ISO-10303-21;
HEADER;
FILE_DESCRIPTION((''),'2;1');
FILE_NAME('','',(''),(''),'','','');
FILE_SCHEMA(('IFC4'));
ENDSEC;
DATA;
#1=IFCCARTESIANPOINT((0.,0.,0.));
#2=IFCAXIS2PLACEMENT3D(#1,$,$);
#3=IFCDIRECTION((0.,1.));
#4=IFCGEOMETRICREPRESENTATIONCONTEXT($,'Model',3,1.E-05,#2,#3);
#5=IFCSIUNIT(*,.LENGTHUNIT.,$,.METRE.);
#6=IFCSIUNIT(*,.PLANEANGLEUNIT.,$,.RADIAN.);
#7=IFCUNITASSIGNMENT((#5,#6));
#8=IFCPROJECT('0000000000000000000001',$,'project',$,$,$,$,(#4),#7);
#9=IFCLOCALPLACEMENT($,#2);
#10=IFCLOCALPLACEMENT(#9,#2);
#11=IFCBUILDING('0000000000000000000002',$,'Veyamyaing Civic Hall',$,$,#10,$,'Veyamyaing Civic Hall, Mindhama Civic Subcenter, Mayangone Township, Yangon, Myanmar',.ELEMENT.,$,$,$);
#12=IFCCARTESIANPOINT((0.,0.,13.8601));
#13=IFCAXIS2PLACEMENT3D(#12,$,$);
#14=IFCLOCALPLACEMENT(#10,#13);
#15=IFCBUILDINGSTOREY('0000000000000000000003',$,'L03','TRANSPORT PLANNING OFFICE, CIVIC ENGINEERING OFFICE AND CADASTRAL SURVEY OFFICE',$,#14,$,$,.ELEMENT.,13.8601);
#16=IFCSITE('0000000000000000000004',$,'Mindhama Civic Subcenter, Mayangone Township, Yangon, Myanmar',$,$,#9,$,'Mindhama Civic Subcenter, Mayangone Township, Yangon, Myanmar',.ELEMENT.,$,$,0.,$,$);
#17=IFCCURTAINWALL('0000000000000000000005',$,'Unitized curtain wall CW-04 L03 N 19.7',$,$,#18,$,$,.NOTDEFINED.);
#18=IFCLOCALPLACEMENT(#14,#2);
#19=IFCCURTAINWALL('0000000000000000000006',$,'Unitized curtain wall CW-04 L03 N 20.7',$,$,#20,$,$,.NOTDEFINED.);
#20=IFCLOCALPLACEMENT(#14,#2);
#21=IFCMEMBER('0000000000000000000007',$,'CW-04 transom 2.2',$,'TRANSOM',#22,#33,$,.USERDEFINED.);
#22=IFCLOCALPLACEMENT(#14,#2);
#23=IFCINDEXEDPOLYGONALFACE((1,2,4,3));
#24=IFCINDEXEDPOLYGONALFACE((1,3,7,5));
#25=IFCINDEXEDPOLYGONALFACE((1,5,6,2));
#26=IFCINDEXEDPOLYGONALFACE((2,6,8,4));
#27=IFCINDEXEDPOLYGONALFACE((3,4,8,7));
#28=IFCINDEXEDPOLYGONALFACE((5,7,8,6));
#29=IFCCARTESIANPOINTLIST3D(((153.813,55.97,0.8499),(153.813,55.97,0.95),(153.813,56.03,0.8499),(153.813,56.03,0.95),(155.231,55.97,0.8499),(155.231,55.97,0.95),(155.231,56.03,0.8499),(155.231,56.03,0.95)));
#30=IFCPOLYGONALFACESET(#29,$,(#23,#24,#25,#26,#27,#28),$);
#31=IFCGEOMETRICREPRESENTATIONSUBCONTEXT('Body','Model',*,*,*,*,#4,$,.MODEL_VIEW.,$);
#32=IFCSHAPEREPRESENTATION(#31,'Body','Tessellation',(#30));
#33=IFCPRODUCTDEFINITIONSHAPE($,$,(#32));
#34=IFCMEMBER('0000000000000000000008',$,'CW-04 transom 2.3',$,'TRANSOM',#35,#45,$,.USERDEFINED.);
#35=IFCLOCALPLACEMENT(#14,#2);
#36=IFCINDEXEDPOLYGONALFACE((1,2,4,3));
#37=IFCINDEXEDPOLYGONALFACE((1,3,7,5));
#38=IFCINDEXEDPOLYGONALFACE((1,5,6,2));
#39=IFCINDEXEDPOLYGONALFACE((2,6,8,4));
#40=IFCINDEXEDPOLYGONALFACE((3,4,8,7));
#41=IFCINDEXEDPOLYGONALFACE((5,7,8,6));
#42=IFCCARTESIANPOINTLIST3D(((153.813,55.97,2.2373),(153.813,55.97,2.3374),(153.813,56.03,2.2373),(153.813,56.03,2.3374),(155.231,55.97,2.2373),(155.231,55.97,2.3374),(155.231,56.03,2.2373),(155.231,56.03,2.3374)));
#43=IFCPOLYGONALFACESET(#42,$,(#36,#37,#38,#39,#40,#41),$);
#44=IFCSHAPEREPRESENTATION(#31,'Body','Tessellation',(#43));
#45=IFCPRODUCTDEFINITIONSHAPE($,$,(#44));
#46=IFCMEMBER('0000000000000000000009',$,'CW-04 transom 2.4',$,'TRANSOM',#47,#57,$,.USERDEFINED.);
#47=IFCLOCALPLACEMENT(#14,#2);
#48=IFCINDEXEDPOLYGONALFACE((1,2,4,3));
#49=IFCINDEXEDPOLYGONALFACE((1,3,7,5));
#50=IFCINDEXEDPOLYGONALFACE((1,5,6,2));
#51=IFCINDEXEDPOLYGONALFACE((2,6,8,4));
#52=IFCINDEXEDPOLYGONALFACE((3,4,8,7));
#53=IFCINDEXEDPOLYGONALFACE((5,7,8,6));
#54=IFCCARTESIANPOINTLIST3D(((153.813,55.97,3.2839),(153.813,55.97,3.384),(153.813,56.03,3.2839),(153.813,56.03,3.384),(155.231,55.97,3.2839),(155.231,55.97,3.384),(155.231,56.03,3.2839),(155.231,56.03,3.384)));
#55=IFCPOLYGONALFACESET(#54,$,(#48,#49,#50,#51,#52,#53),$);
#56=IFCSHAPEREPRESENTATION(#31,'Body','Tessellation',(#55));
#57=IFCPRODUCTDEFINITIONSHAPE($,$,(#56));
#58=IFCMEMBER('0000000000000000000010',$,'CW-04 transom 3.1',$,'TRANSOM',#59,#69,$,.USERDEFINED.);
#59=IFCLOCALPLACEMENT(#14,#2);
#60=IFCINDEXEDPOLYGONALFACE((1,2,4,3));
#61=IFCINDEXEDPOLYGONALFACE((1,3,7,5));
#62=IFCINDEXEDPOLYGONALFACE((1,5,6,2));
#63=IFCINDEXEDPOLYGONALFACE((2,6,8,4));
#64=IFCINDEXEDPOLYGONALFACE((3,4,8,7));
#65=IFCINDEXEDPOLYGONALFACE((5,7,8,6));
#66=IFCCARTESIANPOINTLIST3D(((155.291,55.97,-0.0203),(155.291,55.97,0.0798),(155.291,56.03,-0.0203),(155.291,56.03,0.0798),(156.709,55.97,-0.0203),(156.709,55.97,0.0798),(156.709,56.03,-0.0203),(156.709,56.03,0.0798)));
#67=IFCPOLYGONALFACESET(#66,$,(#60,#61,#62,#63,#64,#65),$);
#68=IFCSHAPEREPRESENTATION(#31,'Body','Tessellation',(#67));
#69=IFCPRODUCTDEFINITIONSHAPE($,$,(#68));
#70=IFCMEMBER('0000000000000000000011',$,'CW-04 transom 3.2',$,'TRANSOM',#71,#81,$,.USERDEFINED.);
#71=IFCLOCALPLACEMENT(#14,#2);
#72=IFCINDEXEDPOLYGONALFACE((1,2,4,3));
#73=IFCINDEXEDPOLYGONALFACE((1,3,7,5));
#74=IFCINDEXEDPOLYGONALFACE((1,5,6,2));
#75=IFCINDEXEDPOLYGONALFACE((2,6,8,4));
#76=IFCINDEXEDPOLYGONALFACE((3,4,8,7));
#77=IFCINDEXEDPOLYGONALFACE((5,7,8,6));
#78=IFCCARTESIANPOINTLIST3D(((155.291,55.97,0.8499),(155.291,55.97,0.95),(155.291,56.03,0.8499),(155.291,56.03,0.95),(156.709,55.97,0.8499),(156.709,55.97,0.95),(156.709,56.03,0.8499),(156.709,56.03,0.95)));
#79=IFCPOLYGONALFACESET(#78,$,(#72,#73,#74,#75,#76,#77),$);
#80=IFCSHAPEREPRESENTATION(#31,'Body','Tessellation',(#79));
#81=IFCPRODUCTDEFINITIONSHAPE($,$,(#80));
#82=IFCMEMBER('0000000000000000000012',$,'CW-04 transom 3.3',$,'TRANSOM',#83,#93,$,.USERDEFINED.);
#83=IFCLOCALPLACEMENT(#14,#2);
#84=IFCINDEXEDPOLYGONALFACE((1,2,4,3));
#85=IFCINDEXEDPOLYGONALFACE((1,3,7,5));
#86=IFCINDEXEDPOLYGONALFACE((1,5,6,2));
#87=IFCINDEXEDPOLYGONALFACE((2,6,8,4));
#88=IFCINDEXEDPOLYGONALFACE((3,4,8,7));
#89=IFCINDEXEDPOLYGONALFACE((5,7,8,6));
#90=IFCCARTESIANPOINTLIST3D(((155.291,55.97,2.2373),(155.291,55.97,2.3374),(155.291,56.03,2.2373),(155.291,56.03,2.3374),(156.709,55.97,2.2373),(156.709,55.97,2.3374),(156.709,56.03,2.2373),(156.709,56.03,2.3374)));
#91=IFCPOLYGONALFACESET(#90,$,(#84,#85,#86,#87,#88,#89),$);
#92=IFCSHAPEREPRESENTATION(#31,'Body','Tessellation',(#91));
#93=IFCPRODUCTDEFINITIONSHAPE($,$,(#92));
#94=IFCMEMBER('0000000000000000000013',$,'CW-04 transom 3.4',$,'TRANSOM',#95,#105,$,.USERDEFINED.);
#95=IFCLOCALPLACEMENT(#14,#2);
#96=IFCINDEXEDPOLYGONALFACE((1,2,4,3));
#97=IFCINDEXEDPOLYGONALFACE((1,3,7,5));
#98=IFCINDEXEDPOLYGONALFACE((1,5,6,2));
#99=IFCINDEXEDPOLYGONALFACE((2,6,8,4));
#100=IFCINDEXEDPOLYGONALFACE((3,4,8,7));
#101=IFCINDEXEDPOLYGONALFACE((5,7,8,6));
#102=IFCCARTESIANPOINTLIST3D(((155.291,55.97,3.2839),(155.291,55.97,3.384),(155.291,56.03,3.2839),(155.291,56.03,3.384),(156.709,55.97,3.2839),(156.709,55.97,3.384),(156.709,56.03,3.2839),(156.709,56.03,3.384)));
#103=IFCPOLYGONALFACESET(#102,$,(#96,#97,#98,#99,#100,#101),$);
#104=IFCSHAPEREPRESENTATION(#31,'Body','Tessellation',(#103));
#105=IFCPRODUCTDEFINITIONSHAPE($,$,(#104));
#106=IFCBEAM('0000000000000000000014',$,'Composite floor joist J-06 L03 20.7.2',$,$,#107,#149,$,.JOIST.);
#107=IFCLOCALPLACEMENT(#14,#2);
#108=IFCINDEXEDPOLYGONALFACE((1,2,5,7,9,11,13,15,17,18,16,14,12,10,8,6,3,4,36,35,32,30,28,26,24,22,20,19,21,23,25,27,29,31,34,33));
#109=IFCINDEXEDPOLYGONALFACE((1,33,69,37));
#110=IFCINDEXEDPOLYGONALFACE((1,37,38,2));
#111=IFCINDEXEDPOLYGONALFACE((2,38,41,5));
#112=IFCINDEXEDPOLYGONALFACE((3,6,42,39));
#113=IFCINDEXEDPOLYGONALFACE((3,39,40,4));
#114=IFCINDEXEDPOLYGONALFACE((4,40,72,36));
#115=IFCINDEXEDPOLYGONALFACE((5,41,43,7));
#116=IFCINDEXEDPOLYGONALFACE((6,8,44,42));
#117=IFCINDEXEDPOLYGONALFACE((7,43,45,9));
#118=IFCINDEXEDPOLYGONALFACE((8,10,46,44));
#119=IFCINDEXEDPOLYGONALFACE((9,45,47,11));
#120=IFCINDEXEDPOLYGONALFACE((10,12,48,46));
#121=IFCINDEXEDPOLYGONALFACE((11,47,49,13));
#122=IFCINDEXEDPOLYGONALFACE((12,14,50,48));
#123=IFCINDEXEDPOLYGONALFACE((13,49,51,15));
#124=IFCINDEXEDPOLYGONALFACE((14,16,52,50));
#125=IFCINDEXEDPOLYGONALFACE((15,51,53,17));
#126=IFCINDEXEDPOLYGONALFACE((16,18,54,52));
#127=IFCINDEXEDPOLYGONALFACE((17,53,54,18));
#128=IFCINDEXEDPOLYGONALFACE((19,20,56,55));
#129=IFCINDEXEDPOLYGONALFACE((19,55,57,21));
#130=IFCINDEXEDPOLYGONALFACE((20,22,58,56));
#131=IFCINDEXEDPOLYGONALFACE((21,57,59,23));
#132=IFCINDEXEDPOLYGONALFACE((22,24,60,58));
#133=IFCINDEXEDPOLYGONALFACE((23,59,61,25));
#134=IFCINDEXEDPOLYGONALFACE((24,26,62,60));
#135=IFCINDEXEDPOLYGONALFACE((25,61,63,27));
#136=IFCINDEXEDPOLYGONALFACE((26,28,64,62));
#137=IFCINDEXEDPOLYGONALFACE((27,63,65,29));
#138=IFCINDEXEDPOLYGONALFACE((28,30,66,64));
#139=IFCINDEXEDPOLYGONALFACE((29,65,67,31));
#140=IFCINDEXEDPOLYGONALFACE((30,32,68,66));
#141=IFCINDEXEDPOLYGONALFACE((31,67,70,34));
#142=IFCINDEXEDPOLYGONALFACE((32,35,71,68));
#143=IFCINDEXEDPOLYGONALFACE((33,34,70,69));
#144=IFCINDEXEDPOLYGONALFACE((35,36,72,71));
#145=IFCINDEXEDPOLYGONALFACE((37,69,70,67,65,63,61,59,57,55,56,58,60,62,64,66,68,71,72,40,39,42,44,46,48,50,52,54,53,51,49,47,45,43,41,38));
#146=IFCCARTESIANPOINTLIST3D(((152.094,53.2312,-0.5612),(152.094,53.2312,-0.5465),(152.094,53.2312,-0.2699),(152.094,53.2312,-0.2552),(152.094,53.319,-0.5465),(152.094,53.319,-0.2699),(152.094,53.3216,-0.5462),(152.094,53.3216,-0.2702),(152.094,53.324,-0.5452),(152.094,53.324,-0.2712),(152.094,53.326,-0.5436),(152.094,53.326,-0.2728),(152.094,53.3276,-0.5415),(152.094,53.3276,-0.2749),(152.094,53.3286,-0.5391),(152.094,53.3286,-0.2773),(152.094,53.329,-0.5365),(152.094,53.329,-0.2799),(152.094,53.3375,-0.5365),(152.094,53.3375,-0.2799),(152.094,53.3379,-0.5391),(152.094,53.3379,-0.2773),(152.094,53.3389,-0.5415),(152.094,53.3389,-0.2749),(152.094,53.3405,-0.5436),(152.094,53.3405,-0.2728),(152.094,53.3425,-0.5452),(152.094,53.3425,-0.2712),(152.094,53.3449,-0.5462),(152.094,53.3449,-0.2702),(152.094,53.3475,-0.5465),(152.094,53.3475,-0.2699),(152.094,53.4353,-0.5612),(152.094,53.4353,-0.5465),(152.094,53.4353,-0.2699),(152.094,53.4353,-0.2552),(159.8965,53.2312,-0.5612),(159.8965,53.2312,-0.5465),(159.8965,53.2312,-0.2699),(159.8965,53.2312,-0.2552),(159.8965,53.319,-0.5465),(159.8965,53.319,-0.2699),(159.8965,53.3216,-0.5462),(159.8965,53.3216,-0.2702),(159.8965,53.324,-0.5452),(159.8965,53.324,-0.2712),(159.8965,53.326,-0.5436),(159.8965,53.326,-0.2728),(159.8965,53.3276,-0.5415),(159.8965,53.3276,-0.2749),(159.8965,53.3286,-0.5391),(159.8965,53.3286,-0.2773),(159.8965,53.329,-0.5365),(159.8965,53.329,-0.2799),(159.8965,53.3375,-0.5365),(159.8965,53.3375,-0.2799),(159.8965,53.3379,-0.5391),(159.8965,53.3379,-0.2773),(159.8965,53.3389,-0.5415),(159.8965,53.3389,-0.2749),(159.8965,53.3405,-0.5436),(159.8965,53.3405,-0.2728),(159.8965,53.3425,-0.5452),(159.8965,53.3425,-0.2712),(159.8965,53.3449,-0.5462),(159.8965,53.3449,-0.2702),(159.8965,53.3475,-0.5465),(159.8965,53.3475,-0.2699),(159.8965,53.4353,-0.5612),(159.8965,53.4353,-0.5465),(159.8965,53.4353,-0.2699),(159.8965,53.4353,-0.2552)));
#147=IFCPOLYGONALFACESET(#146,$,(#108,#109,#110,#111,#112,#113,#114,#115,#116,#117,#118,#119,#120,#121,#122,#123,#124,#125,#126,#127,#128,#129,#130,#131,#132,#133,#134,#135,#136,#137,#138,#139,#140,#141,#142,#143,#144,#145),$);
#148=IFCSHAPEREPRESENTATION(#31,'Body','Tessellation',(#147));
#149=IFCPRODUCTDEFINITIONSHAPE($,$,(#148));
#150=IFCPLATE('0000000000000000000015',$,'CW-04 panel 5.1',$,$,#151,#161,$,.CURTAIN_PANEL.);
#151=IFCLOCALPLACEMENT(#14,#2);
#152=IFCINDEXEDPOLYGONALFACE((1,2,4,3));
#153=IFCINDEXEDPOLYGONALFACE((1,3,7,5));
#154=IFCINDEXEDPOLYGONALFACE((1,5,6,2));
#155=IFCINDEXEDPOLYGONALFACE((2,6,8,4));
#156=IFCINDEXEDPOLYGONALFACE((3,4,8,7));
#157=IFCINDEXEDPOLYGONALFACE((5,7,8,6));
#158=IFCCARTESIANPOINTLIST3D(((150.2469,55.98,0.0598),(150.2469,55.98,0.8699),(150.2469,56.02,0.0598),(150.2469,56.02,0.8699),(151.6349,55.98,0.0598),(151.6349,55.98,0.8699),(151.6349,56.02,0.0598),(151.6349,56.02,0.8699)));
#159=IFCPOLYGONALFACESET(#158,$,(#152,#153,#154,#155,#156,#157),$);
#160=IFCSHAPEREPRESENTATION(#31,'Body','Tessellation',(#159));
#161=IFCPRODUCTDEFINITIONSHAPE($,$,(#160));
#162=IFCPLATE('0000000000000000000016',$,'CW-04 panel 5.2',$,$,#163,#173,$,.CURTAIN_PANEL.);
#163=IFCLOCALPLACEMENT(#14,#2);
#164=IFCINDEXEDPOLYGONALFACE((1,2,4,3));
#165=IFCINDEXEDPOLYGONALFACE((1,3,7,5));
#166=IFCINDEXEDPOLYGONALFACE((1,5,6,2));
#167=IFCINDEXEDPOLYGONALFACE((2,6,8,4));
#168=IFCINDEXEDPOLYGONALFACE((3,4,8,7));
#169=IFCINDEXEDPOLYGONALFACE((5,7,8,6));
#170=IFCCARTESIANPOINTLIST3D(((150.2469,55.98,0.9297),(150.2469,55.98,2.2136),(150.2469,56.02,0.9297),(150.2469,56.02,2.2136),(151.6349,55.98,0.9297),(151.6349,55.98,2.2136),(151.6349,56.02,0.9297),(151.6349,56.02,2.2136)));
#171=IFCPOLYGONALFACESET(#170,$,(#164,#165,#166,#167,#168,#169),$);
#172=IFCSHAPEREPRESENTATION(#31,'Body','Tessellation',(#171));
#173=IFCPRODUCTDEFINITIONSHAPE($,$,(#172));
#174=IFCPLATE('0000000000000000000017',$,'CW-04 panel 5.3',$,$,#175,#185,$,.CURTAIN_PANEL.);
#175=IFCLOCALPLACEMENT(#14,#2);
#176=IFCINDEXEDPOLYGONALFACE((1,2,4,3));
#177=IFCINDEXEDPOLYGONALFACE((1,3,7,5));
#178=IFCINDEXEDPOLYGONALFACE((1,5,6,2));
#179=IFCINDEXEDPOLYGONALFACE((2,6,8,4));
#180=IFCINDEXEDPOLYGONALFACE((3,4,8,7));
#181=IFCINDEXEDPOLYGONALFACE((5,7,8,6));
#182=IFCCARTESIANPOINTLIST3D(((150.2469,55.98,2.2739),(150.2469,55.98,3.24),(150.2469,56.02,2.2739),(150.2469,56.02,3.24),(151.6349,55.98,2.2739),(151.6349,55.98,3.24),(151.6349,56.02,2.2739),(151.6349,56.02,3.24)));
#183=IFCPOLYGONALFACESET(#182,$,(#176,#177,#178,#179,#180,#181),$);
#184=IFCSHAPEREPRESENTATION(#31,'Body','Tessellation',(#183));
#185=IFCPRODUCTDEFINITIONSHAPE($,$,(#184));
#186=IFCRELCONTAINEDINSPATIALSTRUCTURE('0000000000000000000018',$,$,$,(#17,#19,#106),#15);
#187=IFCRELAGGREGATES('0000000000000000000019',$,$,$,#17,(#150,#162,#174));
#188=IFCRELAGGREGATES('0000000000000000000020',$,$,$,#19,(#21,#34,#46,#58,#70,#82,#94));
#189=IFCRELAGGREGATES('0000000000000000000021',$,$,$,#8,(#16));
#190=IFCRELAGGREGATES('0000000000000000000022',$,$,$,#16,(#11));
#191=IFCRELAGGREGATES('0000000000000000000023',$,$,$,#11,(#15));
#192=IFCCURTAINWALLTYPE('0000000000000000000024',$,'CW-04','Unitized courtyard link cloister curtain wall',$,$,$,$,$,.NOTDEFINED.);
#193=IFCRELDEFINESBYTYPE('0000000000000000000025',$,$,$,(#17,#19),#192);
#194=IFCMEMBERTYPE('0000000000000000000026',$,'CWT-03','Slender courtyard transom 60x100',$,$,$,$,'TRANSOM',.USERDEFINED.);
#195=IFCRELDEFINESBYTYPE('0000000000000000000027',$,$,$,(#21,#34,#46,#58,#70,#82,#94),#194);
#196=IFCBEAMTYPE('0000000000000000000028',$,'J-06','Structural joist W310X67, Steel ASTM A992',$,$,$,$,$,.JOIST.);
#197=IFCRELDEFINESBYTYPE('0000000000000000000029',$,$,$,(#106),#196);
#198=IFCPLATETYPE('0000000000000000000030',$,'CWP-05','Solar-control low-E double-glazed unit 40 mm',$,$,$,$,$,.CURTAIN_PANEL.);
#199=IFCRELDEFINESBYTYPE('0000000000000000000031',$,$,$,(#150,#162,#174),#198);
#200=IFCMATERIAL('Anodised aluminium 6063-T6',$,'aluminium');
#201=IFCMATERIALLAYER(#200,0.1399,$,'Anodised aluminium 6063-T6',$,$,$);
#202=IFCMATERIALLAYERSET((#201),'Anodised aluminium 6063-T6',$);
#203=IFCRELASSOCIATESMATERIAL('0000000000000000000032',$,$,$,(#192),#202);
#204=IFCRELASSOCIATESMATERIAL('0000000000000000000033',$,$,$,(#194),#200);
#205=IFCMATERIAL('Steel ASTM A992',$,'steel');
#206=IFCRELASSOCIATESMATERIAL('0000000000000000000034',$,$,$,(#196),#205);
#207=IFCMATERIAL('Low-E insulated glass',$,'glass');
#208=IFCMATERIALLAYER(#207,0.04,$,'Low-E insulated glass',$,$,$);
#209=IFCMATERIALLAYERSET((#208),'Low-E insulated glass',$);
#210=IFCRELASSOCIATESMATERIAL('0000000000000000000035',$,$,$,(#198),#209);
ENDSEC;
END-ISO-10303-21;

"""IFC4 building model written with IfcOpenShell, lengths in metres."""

from ifc_helpers import new_model, si_unit, direction, frame, origin, origin_2d, place, context, subcontext, project, spatial, rectangle, i_section, extrude, material, layer, layer_set, material_profile, profile_set, type_object, element, aggregate, save


model = new_model("IFC4")

# Units and contexts
model_context = context("Model", 3, precision=1e-05, world=origin(), true_north=direction((0.0, 1.0)))
body_context = subcontext(model_context, "Body", "Model", "MODEL_VIEW")
ifc_project = project(units=[si_unit("LENGTHUNIT", "METRE"), si_unit("PLANEANGLEUNIT", "RADIAN")], contexts=[model_context])

# Site, building, storey
site_placement = place(None, origin())
site = spatial("IfcSite", under=ifc_project, at=site_placement, Name="Mindhama Civic Subcenter, Mayangone Township, Yangon, Myanmar", LongName="Mindhama Civic Subcenter, Mayangone Township, Yangon, Myanmar", CompositionType="ELEMENT", RefElevation=0.0)
building_placement = place(site_placement, origin())
building = spatial("IfcBuilding", under=site, at=building_placement, Name="Veyamyaing Civic Hall", LongName="Veyamyaing Civic Hall, Mindhama Civic Subcenter, Mayangone Township, Yangon, Myanmar", CompositionType="ELEMENT")
storey_placement = place(building_placement, frame((0.0, 0.0, 13.8601)))
storey = spatial("IfcBuildingStorey", under=building, at=storey_placement, Name="L03", Description="TRANSPORT PLANNING OFFICE, CIVIC ENGINEERING OFFICE AND CADASTRAL SURVEY OFFICE", CompositionType="ELEMENT", Elevation=13.8601)

# Shared definitions
ifc_material_1 = material(Name="Steel ASTM A992", Category="steel")

# Curtain wall
ifc_material_2 = material(Name="Anodised aluminium 6063-T6", Category="aluminium")
ifc_layer_1 = layer(ifc_material_2, 0.1399, Name="Anodised aluminium 6063-T6")
ifc_layer_set_1 = layer_set([ifc_layer_1], Name="Anodised aluminium 6063-T6")
curtain_wall_type = type_object("IfcCurtainWallType", Name="CW-04", Description="Unitized courtyard link cloister curtain wall", PredefinedType="NOTDEFINED", material=ifc_layer_set_1)
curtain_wall_1_placement = place(storey_placement, origin())
curtain_wall_1 = element("IfcCurtainWall", 1, at=curtain_wall_1_placement, inside=storey, type_object=curtain_wall_type, Name="Unitized curtain wall CW-04 L03 N 19.7", PredefinedType="NOTDEFINED")

# Curtain wall, members
curtain_wall_2_placement = place(storey_placement, origin())
curtain_wall_2 = element("IfcCurtainWall", 2, at=curtain_wall_2_placement, inside=storey, type_object=curtain_wall_type, Name="Unitized curtain wall CW-04 L03 N 20.7", PredefinedType="NOTDEFINED")
ifc_material_profile_1 = material_profile(ifc_material_2, rectangle(XDim=0.0601, YDim=0.1001, at=origin_2d()), Name="ALU-TRN-60X100")
ifc_profile_set_1 = profile_set([ifc_material_profile_1], Name="Anodised aluminium 6063-T6")
member_type_1 = type_object("IfcMemberType", Name="CWT-03", Description="Slender courtyard transom 60x100", ElementType="TRANSOM", PredefinedType="USERDEFINED", material=ifc_profile_set_1)
member_1_placement = place(storey_placement, frame((153.813, 56.0, 0.8999), z_axis=(1.0, 0.0, 0.0), x_axis=(0.0, 1.0, 0.0)))
member_1 = element("IfcMember", 3, at=member_1_placement, type_object=member_type_1, Name="CW-04 transom 2.2", ObjectType="TRANSOM", PredefinedType="USERDEFINED", context=body_context, shape_type="SweptSolid", body=[
    extrude(rectangle(XDim=0.0601, YDim=0.1001, at=origin_2d()), origin(), (0.0, 0.0, 1.0), 1.418),
])
member_2_placement = place(storey_placement, frame((153.813, 56.0, 2.2874), z_axis=(1.0, 0.0, 0.0), x_axis=(0.0, 1.0, 0.0)))
member_2 = element("IfcMember", 4, at=member_2_placement, type_object=member_type_1, Name="CW-04 transom 2.3", ObjectType="TRANSOM", PredefinedType="USERDEFINED", context=body_context, shape_type="SweptSolid", body=[
    extrude(rectangle(XDim=0.0601, YDim=0.1001, at=origin_2d()), origin(), (0.0, 0.0, 1.0), 1.418),
])
member_3_placement = place(storey_placement, frame((153.813, 56.0, 3.334), z_axis=(1.0, 0.0, 0.0), x_axis=(0.0, 1.0, 0.0)))
member_3 = element("IfcMember", 5, at=member_3_placement, type_object=member_type_1, Name="CW-04 transom 2.4", ObjectType="TRANSOM", PredefinedType="USERDEFINED", context=body_context, shape_type="SweptSolid", body=[
    extrude(rectangle(XDim=0.0601, YDim=0.1001, at=origin_2d()), origin(), (0.0, 0.0, 1.0), 1.418),
])
member_4_placement = place(storey_placement, frame((155.291, 56.0, 0.0298), z_axis=(1.0, 0.0, 0.0), x_axis=(0.0, 1.0, 0.0)))
member_4 = element("IfcMember", 6, at=member_4_placement, type_object=member_type_1, Name="CW-04 transom 3.1", ObjectType="TRANSOM", PredefinedType="USERDEFINED", context=body_context, shape_type="SweptSolid", body=[
    extrude(rectangle(XDim=0.0601, YDim=0.1001, at=origin_2d()), origin(), (0.0, 0.0, 1.0), 1.418),
])
member_5_placement = place(storey_placement, frame((155.291, 56.0, 0.8999), z_axis=(1.0, 0.0, 0.0), x_axis=(0.0, 1.0, 0.0)))
member_5 = element("IfcMember", 7, at=member_5_placement, type_object=member_type_1, Name="CW-04 transom 3.2", ObjectType="TRANSOM", PredefinedType="USERDEFINED", context=body_context, shape_type="SweptSolid", body=[
    extrude(rectangle(XDim=0.0601, YDim=0.1001, at=origin_2d()), origin(), (0.0, 0.0, 1.0), 1.418),
])
member_6_placement = place(storey_placement, frame((155.291, 56.0, 2.2874), z_axis=(1.0, 0.0, 0.0), x_axis=(0.0, 1.0, 0.0)))
member_6 = element("IfcMember", 8, at=member_6_placement, type_object=member_type_1, Name="CW-04 transom 3.3", ObjectType="TRANSOM", PredefinedType="USERDEFINED", context=body_context, shape_type="SweptSolid", body=[
    extrude(rectangle(XDim=0.0601, YDim=0.1001, at=origin_2d()), origin(), (0.0, 0.0, 1.0), 1.418),
])
member_7_placement = place(storey_placement, frame((155.291, 56.0, 3.334), z_axis=(1.0, 0.0, 0.0), x_axis=(0.0, 1.0, 0.0)))
member_7 = element("IfcMember", 9, at=member_7_placement, type_object=member_type_1, Name="CW-04 transom 3.4", ObjectType="TRANSOM", PredefinedType="USERDEFINED", context=body_context, shape_type="SweptSolid", body=[
    extrude(rectangle(XDim=0.0601, YDim=0.1001, at=origin_2d()), origin(), (0.0, 0.0, 1.0), 1.418),
])

# Beam
ifc_material_profile_2 = material_profile(ifc_material_1, i_section(OverallWidth=0.2041, OverallDepth=0.3059, WebThickness=0.0085, FlangeThickness=0.0146, FilletRadius=0.01, at=origin_2d()), Name="W310X67")
ifc_profile_set_2 = profile_set([ifc_material_profile_2], Name="Steel ASTM A992")
beam_type_1 = type_object("IfcBeamType", Name="J-06", Description="Structural joist W310X67, Steel ASTM A992", PredefinedType="JOIST", material=ifc_profile_set_2)
beam_1_placement = place(storey_placement, frame((152.094, 53.3333, -0.4082), z_axis=(1.0, 0.0, 0.0), x_axis=(0.0, 1.0, 0.0)))
element("IfcBeam", 10, at=beam_1_placement, inside=storey, type_object=beam_type_1, Name="Composite floor joist J-06 L03 20.7.2", PredefinedType="JOIST", context=body_context, shape_type="SweptSolid", body=[
    extrude(i_section(OverallWidth=0.2041, OverallDepth=0.3059, WebThickness=0.0085, FlangeThickness=0.0146, FilletRadius=0.01, at=origin_2d()), origin(), (0.0, 0.0, 1.0), 7.8025),
])

# Plates
ifc_material_3 = material(Name="Low-E insulated glass", Category="glass")
ifc_layer_2 = layer(ifc_material_3, 0.04, Name="Low-E insulated glass")
ifc_layer_set_2 = layer_set([ifc_layer_2], Name="Low-E insulated glass")
plate_type_1 = type_object("IfcPlateType", Name="CWP-05", Description="Solar-control low-E double-glazed unit 40 mm", PredefinedType="CURTAIN_PANEL", material=ifc_layer_set_2)
plate_1_placement = place(storey_placement, frame((150.9409, 56.0, 0.0598), z_axis=(0.0, 0.0, 1.0), x_axis=(1.0, 0.0, 0.0)))
plate_1 = element("IfcPlate", 11, at=plate_1_placement, type_object=plate_type_1, Name="CW-04 panel 5.1", PredefinedType="CURTAIN_PANEL", context=body_context, shape_type="SweptSolid", body=[
    extrude(rectangle(XDim=1.3879, YDim=0.04, at=origin_2d()), origin(), (0.0, 0.0, 1.0), 0.8101),
])
plate_2_placement = place(storey_placement, frame((150.9409, 56.0, 0.9297), z_axis=(0.0, 0.0, 1.0), x_axis=(1.0, 0.0, 0.0)))
plate_2 = element("IfcPlate", 12, at=plate_2_placement, type_object=plate_type_1, Name="CW-04 panel 5.2", PredefinedType="CURTAIN_PANEL", context=body_context, shape_type="SweptSolid", body=[
    extrude(rectangle(XDim=1.3879, YDim=0.04, at=origin_2d()), origin(), (0.0, 0.0, 1.0), 1.2839),
])
plate_3_placement = place(storey_placement, frame((150.9409, 56.0, 2.2739), z_axis=(0.0, 0.0, 1.0), x_axis=(1.0, 0.0, 0.0)))
plate_3 = element("IfcPlate", 13, at=plate_3_placement, type_object=plate_type_1, Name="CW-04 panel 5.3", PredefinedType="CURTAIN_PANEL", context=body_context, shape_type="SweptSolid", body=[
    extrude(rectangle(XDim=1.3879, YDim=0.04, at=origin_2d()), origin(), (0.0, 0.0, 1.0), 0.9661),
])
aggregate(curtain_wall_1, [plate_1, plate_2, plate_3])
aggregate(curtain_wall_2, [member_1, member_2, member_3, member_4, member_5, member_6, member_7])

save(model, "model.ifc")
